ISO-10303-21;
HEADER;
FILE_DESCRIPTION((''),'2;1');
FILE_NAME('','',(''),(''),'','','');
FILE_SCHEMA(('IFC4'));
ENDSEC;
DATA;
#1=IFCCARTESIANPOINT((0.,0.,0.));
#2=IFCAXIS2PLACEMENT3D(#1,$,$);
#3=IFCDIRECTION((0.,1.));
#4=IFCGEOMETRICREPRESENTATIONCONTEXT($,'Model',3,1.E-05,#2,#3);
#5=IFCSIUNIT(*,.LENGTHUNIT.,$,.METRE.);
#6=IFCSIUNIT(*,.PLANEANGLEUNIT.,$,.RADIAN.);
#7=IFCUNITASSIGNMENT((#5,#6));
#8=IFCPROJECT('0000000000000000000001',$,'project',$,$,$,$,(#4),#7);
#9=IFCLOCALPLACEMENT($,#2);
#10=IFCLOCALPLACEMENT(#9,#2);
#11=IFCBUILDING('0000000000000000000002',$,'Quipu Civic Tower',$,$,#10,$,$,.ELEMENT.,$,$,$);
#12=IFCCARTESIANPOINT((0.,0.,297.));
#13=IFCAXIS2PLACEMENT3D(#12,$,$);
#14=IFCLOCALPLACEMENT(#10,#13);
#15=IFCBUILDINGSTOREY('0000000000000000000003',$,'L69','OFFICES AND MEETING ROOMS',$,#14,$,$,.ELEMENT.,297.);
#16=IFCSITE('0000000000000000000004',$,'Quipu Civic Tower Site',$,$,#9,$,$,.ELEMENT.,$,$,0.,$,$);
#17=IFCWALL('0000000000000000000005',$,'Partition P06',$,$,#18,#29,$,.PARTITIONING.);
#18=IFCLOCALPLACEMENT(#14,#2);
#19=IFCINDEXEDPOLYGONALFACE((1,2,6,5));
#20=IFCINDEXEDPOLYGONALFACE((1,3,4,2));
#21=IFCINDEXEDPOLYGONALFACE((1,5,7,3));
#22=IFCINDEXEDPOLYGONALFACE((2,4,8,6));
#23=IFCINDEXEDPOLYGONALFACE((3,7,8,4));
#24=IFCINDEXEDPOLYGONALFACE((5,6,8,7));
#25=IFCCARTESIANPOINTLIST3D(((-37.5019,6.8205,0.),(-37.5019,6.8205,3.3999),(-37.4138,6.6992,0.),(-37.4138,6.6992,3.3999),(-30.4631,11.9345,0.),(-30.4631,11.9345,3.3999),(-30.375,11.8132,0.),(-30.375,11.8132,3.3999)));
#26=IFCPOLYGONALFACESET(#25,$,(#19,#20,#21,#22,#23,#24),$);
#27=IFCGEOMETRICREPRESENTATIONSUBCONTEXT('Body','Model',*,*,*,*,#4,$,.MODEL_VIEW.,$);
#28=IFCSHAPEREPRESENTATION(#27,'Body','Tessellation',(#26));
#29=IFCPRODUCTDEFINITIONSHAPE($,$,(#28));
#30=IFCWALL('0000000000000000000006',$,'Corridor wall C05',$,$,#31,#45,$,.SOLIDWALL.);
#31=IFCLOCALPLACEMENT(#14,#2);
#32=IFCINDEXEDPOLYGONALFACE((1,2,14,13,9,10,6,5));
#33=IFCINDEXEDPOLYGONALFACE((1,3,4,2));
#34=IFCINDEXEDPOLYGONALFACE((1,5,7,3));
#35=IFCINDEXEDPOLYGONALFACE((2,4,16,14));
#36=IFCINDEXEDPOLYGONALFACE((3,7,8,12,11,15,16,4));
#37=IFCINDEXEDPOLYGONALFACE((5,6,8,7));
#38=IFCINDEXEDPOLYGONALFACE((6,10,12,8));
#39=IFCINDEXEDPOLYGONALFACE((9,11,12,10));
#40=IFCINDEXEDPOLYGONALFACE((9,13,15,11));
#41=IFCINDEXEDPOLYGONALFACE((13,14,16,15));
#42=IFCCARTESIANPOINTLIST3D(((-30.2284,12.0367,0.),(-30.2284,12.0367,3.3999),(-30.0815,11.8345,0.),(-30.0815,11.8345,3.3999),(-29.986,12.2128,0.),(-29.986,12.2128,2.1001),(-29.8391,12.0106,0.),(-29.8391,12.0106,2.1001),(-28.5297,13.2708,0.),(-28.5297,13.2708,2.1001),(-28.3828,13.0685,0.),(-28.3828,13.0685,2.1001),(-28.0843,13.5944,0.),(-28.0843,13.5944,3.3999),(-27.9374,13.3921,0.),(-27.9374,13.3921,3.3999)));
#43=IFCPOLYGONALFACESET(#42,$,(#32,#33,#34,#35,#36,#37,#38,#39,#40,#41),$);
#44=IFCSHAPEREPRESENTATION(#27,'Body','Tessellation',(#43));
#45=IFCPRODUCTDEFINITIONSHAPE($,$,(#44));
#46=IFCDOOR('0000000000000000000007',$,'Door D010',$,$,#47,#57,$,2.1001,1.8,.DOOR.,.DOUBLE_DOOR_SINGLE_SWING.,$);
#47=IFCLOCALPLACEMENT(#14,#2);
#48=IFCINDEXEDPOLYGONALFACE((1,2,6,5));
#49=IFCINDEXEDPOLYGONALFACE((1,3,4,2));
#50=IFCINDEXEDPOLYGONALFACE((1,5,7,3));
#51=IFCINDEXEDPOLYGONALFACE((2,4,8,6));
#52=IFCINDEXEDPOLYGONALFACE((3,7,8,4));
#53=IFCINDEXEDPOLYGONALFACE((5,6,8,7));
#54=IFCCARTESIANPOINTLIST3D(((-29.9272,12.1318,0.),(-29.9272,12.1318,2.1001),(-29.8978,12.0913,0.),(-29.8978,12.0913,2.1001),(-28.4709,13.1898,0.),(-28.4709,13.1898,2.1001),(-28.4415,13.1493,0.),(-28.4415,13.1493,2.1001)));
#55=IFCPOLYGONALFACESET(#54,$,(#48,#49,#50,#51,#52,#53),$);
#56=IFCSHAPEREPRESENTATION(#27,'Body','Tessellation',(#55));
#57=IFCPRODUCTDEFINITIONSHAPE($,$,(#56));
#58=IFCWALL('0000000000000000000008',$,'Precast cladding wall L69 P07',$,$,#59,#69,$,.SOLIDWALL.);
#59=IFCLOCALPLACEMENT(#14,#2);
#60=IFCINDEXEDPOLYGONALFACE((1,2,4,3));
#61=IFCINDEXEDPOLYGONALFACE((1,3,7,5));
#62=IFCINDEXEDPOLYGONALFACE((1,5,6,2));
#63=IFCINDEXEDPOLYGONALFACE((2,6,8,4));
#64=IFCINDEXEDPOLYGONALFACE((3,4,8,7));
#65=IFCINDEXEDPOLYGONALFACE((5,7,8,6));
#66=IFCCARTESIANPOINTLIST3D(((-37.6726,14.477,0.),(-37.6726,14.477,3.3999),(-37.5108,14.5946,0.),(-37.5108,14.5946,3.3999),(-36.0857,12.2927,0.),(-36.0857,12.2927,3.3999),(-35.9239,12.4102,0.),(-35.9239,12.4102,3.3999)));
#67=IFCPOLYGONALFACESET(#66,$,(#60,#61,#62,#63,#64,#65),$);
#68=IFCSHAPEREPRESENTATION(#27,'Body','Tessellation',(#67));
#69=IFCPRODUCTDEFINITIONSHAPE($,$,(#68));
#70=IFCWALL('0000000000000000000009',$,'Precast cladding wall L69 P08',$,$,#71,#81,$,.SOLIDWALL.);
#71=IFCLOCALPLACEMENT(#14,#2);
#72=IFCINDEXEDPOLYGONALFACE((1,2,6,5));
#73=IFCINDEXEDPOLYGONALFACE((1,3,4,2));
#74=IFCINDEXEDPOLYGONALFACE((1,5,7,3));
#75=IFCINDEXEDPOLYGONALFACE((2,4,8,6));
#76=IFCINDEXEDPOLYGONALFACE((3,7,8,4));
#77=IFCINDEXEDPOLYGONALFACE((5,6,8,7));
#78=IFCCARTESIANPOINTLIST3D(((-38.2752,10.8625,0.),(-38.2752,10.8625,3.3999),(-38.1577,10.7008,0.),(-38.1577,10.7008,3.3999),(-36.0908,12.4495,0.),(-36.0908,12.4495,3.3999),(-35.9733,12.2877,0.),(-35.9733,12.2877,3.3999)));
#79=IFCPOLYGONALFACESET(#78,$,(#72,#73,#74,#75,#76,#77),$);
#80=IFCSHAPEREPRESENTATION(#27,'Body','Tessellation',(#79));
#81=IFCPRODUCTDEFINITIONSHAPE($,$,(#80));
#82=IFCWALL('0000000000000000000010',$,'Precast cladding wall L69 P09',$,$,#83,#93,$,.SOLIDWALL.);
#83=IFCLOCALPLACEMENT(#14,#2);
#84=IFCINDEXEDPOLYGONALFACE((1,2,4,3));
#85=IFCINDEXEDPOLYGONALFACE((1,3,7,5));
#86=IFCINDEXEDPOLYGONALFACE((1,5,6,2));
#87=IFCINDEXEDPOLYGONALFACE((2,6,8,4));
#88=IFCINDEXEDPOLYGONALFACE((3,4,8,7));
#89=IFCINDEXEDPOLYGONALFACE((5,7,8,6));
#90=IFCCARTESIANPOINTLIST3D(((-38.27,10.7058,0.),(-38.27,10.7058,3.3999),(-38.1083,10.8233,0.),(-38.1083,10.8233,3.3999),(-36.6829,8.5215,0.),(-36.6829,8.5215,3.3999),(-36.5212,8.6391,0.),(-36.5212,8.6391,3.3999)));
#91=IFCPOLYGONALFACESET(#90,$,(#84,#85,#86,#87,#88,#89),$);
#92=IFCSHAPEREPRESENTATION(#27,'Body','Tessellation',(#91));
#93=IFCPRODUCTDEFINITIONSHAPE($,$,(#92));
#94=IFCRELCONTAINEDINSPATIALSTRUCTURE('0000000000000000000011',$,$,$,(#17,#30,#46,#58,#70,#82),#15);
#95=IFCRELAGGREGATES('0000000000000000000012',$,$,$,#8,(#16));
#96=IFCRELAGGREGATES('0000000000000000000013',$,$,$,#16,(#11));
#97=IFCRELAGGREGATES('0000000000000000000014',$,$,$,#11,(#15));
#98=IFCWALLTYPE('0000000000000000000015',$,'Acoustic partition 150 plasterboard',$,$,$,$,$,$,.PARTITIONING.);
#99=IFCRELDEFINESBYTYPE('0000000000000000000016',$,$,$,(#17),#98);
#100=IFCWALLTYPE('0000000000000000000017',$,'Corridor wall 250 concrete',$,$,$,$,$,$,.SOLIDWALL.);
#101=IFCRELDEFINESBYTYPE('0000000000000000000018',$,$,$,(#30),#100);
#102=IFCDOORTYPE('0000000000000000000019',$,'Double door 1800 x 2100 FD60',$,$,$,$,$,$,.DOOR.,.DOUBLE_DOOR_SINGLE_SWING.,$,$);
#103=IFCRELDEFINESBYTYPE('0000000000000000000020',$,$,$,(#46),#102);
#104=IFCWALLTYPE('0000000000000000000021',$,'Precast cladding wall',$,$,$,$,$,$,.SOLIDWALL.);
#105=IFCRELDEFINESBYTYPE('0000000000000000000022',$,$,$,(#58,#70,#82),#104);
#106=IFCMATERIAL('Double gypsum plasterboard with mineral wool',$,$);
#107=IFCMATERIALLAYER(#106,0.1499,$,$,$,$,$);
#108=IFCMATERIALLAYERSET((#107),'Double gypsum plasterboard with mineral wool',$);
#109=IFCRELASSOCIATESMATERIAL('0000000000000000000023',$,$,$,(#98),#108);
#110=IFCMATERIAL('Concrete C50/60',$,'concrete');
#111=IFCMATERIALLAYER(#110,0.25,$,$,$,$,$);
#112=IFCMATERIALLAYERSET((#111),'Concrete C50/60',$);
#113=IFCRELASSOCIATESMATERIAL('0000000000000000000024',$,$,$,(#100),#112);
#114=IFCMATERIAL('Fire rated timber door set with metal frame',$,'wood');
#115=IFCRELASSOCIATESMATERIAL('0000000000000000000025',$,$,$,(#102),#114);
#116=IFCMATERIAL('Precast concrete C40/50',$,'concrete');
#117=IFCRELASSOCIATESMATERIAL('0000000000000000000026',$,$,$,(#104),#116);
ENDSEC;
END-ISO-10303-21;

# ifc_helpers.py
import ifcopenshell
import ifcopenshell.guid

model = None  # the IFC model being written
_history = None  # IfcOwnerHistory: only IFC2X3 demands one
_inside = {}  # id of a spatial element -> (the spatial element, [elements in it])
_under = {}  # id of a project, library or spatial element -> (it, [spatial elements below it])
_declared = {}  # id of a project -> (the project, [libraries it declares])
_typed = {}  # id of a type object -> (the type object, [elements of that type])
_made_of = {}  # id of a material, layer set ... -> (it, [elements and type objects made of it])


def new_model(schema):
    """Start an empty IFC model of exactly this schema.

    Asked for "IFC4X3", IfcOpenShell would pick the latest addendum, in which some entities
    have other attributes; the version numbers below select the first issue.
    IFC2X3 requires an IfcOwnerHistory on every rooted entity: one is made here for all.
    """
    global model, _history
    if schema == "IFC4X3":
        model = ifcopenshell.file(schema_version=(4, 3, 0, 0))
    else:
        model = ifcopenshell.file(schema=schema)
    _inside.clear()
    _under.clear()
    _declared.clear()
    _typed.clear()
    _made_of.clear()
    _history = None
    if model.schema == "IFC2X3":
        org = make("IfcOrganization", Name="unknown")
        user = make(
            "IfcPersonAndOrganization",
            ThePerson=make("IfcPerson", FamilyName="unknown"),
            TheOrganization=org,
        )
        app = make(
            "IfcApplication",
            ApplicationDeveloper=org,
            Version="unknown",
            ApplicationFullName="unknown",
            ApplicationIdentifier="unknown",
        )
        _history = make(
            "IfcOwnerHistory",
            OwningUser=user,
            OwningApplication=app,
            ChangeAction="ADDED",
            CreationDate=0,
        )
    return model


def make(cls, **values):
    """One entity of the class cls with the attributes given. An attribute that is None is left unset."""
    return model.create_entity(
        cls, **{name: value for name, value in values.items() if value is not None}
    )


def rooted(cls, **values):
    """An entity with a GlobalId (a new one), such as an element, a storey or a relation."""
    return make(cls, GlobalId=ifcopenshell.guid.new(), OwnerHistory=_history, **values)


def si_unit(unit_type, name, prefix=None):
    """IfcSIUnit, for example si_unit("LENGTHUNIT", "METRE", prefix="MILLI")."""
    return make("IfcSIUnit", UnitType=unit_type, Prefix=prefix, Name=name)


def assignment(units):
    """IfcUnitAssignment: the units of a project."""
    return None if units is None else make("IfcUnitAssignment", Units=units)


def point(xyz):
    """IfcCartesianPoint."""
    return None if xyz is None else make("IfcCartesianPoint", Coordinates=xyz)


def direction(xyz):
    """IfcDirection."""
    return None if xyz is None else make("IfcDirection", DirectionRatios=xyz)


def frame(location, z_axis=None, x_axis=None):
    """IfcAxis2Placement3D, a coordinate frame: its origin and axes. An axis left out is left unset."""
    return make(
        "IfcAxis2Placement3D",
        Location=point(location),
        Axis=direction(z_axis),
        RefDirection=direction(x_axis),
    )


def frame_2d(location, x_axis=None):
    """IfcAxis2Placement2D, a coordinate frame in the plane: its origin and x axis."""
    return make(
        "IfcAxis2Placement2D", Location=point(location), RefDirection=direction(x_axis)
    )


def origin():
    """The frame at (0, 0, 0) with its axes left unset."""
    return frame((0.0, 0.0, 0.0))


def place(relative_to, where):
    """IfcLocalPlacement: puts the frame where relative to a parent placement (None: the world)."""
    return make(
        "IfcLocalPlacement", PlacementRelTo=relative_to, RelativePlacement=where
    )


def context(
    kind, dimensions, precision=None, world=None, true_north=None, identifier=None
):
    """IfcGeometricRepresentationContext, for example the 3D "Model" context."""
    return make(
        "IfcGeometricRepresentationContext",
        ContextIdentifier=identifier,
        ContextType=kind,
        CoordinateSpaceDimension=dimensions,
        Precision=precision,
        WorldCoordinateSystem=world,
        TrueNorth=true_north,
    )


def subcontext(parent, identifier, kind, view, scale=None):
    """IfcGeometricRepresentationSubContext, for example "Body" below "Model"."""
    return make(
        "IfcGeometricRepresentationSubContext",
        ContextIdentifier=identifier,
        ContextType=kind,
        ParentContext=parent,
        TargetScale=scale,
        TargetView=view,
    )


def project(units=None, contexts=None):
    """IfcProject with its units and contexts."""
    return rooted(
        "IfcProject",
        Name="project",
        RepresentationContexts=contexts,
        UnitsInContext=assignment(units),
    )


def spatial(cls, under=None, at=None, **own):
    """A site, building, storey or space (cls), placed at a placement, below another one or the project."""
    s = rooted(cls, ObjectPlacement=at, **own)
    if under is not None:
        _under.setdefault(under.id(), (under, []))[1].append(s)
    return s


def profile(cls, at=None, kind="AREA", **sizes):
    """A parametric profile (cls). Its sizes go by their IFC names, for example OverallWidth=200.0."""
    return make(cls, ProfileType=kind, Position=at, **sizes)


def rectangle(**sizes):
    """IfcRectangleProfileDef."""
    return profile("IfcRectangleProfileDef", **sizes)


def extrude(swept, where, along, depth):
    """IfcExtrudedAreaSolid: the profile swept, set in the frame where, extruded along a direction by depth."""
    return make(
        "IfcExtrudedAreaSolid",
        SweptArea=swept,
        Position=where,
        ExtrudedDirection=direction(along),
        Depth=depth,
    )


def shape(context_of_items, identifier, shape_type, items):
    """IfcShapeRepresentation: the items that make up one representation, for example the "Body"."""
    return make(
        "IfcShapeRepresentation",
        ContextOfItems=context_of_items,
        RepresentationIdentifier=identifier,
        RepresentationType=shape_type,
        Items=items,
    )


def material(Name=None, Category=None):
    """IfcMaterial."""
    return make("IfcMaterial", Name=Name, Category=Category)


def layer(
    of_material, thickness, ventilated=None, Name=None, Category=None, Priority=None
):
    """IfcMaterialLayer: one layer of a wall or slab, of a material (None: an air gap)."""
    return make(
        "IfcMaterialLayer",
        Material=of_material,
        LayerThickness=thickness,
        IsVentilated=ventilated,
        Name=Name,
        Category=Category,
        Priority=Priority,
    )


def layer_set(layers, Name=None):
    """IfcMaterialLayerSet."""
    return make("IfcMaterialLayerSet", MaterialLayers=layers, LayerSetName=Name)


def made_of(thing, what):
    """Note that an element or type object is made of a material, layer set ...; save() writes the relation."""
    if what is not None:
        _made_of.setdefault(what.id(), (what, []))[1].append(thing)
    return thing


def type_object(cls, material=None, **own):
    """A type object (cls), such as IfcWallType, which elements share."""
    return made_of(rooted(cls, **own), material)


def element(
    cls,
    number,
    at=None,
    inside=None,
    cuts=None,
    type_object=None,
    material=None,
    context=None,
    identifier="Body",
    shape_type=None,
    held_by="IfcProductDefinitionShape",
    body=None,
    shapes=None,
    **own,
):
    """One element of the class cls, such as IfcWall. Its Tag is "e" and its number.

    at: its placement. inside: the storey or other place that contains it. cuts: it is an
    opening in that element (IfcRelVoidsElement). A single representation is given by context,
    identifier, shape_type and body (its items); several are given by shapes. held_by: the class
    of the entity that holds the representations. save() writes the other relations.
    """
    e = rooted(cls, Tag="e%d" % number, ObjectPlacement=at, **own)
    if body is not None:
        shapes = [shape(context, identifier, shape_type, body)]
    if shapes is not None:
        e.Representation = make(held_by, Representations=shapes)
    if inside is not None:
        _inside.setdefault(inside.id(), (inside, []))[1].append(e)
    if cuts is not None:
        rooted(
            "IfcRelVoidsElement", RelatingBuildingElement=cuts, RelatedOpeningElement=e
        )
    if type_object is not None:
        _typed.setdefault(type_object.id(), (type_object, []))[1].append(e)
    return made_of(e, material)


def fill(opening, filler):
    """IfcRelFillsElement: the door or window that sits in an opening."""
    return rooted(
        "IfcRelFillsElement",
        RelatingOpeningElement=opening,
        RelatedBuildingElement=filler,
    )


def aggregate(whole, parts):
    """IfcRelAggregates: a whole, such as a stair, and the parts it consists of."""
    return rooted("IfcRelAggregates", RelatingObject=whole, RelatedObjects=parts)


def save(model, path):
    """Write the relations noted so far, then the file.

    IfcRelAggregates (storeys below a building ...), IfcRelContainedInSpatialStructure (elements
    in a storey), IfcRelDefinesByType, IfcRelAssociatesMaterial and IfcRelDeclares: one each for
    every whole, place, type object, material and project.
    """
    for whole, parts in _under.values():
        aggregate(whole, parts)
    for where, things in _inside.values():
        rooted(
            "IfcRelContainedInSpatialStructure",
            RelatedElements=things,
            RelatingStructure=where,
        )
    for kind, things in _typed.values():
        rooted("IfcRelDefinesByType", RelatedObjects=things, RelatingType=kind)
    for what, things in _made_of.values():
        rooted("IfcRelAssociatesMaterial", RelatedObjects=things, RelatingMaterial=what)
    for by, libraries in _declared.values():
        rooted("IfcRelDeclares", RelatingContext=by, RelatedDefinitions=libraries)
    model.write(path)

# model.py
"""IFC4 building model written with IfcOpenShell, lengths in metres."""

from ifc_helpers import new_model, si_unit, direction, frame, frame_2d, origin, place, context, subcontext, project, spatial, rectangle, extrude, material, layer, layer_set, type_object, element, fill, save


model = new_model("IFC4")

# Units and contexts
model_context = context("Model", 3, precision=1e-05, world=origin(), true_north=direction((0.0, 1.0)))
body_context = subcontext(model_context, "Body", "Model", "MODEL_VIEW")
ifc_project = project(units=[si_unit("LENGTHUNIT", "METRE"), si_unit("PLANEANGLEUNIT", "RADIAN")], contexts=[model_context])

# Site, building, storey
site_placement = place(None, origin())
site = spatial("IfcSite", under=ifc_project, at=site_placement, Name="Quipu Civic Tower Site", CompositionType="ELEMENT", RefElevation=0.0)
building_placement = place(site_placement, origin())
building = spatial("IfcBuilding", under=site, at=building_placement, Name="Quipu Civic Tower", CompositionType="ELEMENT")
storey_placement = place(building_placement, frame((0.0, 0.0, 297.0)))
storey = spatial("IfcBuildingStorey", under=building, at=storey_placement, Name="L69", Description="OFFICES AND MEETING ROOMS", CompositionType="ELEMENT", Elevation=297.0)

# Wall
ifc_material_1 = material(Name="Double gypsum plasterboard with mineral wool")
ifc_layer_1 = layer(ifc_material_1, 0.1499)
ifc_layer_set_1 = layer_set([ifc_layer_1], Name="Double gypsum plasterboard with mineral wool")
wall_type_1 = type_object("IfcWallType", Name="Acoustic partition 150 plasterboard", PredefinedType="PARTITIONING", material=ifc_layer_set_1)
wall_1_placement = place(storey_placement, frame((-30.4192, 11.8738, 0.0), z_axis=(0.0, 0.0, 1.0), x_axis=(-0.809016, -0.587786, 0.0)))
element("IfcWall", 1, at=wall_1_placement, inside=storey, type_object=wall_type_1, Name="Partition P06", PredefinedType="PARTITIONING", context=body_context, shape_type="SweptSolid", body=[
    extrude(rectangle(XDim=8.7004, YDim=0.1499, at=frame_2d((4.3501, 0.0))), origin(), (0.0, 0.0, 1.0), 3.3999),
])

# Wall, opening, door
ifc_material_2 = material(Name="Concrete C50/60", Category="concrete")
ifc_layer_2 = layer(ifc_material_2, 0.25)
ifc_layer_set_2 = layer_set([ifc_layer_2], Name="Concrete C50/60")
wall_type_2 = type_object("IfcWallType", Name="Corridor wall 250 concrete", PredefinedType="SOLIDWALL", material=ifc_layer_set_2)
wall_2_placement = place(storey_placement, frame((-30.155, 11.9355, 0.0), z_axis=(0.0, 0.0, 1.0), x_axis=(0.809039, 0.587755, 0.0)))
wall_2 = element("IfcWall", 2, at=wall_2_placement, inside=storey, type_object=wall_type_2, Name="Corridor wall C05", PredefinedType="SOLIDWALL", context=body_context, shape_type="SweptSolid", body=[
    extrude(rectangle(XDim=2.6501, YDim=0.25, at=frame_2d((1.3252, 0.0))), origin(), (0.0, 0.0, 1.0), 3.3999),
])
opening_placement = place(wall_2_placement, frame((0.2998, 0.0, 0.0)))
opening = element("IfcOpeningElement", 3, at=opening_placement, cuts=wall_2, PredefinedType="OPENING", context=body_context, shape_type="SweptSolid", body=[
    extrude(rectangle(XDim=1.8, YDim=2.1001, at=frame_2d((0.8999, 1.05))), frame((0.0, 0.135, 0.0), z_axis=(0.0, -1.0, 0.0), x_axis=(1.0, 0.0, 0.0)), (0.0, 0.0, 1.0), 0.27),
])
ifc_material_3 = material(Name="Fire rated timber door set with metal frame", Category="wood")
door_type = type_object("IfcDoorType", Name="Double door 1800 x 2100 FD60", OperationType="DOUBLE_DOOR_SINGLE_SWING", PredefinedType="DOOR", material=ifc_material_3)
door_placement = place(opening_placement, origin())
door = element("IfcDoor", 4, at=door_placement, inside=storey, type_object=door_type, Name="Door D010", OperationType="DOUBLE_DOOR_SINGLE_SWING", OverallHeight=2.1001, OverallWidth=1.8, PredefinedType="DOOR", context=body_context, shape_type="SweptSolid", body=[
    extrude(rectangle(XDim=1.8, YDim=2.1001, at=frame_2d((0.8999, 1.05))), frame((0.0, 0.0249, 0.0), z_axis=(0.0, -1.0, 0.0), x_axis=(1.0, 0.0, 0.0)), (0.0, 0.0, 1.0), 0.05),
])
fill(opening, door)

# Walls
ifc_material_4 = material(Name="Precast concrete C40/50", Category="concrete")
wall_type_3 = type_object("IfcWallType", Name="Precast cladding wall", PredefinedType="SOLIDWALL", material=ifc_material_4)
for number, where, z_axis, x_axis, name in (
    (5, (-37.5918, 14.5359, 0.0), (0.0, 0.0, 1.0), (0.587763, -0.809033, 0.0), "Precast cladding wall L69 P07"),
    (6, (-36.032, 12.3687, 0.0), (0.0, 0.0, 1.0), (-0.809033, -0.587763, 0.0), "Precast cladding wall L69 P08"),
    (7, (-38.1892, 10.7646, 0.0), (0.0, 0.0, 1.0), (0.587822, -0.80899, 0.0), "Precast cladding wall L69 P09"),
):
    element("IfcWall", number, at=place(storey_placement, frame(where, z_axis=z_axis, x_axis=x_axis)), inside=storey, type_object=wall_type_3, Name=name, PredefinedType="SOLIDWALL", context=body_context, shape_type="SweptSolid", body=[
        extrude(rectangle(XDim=2.7, YDim=0.2, at=frame_2d((1.3501, 0.0))), origin(), (0.0, 0.0, 1.0), 3.3999),
    ])

save(model, "model.ifc")
